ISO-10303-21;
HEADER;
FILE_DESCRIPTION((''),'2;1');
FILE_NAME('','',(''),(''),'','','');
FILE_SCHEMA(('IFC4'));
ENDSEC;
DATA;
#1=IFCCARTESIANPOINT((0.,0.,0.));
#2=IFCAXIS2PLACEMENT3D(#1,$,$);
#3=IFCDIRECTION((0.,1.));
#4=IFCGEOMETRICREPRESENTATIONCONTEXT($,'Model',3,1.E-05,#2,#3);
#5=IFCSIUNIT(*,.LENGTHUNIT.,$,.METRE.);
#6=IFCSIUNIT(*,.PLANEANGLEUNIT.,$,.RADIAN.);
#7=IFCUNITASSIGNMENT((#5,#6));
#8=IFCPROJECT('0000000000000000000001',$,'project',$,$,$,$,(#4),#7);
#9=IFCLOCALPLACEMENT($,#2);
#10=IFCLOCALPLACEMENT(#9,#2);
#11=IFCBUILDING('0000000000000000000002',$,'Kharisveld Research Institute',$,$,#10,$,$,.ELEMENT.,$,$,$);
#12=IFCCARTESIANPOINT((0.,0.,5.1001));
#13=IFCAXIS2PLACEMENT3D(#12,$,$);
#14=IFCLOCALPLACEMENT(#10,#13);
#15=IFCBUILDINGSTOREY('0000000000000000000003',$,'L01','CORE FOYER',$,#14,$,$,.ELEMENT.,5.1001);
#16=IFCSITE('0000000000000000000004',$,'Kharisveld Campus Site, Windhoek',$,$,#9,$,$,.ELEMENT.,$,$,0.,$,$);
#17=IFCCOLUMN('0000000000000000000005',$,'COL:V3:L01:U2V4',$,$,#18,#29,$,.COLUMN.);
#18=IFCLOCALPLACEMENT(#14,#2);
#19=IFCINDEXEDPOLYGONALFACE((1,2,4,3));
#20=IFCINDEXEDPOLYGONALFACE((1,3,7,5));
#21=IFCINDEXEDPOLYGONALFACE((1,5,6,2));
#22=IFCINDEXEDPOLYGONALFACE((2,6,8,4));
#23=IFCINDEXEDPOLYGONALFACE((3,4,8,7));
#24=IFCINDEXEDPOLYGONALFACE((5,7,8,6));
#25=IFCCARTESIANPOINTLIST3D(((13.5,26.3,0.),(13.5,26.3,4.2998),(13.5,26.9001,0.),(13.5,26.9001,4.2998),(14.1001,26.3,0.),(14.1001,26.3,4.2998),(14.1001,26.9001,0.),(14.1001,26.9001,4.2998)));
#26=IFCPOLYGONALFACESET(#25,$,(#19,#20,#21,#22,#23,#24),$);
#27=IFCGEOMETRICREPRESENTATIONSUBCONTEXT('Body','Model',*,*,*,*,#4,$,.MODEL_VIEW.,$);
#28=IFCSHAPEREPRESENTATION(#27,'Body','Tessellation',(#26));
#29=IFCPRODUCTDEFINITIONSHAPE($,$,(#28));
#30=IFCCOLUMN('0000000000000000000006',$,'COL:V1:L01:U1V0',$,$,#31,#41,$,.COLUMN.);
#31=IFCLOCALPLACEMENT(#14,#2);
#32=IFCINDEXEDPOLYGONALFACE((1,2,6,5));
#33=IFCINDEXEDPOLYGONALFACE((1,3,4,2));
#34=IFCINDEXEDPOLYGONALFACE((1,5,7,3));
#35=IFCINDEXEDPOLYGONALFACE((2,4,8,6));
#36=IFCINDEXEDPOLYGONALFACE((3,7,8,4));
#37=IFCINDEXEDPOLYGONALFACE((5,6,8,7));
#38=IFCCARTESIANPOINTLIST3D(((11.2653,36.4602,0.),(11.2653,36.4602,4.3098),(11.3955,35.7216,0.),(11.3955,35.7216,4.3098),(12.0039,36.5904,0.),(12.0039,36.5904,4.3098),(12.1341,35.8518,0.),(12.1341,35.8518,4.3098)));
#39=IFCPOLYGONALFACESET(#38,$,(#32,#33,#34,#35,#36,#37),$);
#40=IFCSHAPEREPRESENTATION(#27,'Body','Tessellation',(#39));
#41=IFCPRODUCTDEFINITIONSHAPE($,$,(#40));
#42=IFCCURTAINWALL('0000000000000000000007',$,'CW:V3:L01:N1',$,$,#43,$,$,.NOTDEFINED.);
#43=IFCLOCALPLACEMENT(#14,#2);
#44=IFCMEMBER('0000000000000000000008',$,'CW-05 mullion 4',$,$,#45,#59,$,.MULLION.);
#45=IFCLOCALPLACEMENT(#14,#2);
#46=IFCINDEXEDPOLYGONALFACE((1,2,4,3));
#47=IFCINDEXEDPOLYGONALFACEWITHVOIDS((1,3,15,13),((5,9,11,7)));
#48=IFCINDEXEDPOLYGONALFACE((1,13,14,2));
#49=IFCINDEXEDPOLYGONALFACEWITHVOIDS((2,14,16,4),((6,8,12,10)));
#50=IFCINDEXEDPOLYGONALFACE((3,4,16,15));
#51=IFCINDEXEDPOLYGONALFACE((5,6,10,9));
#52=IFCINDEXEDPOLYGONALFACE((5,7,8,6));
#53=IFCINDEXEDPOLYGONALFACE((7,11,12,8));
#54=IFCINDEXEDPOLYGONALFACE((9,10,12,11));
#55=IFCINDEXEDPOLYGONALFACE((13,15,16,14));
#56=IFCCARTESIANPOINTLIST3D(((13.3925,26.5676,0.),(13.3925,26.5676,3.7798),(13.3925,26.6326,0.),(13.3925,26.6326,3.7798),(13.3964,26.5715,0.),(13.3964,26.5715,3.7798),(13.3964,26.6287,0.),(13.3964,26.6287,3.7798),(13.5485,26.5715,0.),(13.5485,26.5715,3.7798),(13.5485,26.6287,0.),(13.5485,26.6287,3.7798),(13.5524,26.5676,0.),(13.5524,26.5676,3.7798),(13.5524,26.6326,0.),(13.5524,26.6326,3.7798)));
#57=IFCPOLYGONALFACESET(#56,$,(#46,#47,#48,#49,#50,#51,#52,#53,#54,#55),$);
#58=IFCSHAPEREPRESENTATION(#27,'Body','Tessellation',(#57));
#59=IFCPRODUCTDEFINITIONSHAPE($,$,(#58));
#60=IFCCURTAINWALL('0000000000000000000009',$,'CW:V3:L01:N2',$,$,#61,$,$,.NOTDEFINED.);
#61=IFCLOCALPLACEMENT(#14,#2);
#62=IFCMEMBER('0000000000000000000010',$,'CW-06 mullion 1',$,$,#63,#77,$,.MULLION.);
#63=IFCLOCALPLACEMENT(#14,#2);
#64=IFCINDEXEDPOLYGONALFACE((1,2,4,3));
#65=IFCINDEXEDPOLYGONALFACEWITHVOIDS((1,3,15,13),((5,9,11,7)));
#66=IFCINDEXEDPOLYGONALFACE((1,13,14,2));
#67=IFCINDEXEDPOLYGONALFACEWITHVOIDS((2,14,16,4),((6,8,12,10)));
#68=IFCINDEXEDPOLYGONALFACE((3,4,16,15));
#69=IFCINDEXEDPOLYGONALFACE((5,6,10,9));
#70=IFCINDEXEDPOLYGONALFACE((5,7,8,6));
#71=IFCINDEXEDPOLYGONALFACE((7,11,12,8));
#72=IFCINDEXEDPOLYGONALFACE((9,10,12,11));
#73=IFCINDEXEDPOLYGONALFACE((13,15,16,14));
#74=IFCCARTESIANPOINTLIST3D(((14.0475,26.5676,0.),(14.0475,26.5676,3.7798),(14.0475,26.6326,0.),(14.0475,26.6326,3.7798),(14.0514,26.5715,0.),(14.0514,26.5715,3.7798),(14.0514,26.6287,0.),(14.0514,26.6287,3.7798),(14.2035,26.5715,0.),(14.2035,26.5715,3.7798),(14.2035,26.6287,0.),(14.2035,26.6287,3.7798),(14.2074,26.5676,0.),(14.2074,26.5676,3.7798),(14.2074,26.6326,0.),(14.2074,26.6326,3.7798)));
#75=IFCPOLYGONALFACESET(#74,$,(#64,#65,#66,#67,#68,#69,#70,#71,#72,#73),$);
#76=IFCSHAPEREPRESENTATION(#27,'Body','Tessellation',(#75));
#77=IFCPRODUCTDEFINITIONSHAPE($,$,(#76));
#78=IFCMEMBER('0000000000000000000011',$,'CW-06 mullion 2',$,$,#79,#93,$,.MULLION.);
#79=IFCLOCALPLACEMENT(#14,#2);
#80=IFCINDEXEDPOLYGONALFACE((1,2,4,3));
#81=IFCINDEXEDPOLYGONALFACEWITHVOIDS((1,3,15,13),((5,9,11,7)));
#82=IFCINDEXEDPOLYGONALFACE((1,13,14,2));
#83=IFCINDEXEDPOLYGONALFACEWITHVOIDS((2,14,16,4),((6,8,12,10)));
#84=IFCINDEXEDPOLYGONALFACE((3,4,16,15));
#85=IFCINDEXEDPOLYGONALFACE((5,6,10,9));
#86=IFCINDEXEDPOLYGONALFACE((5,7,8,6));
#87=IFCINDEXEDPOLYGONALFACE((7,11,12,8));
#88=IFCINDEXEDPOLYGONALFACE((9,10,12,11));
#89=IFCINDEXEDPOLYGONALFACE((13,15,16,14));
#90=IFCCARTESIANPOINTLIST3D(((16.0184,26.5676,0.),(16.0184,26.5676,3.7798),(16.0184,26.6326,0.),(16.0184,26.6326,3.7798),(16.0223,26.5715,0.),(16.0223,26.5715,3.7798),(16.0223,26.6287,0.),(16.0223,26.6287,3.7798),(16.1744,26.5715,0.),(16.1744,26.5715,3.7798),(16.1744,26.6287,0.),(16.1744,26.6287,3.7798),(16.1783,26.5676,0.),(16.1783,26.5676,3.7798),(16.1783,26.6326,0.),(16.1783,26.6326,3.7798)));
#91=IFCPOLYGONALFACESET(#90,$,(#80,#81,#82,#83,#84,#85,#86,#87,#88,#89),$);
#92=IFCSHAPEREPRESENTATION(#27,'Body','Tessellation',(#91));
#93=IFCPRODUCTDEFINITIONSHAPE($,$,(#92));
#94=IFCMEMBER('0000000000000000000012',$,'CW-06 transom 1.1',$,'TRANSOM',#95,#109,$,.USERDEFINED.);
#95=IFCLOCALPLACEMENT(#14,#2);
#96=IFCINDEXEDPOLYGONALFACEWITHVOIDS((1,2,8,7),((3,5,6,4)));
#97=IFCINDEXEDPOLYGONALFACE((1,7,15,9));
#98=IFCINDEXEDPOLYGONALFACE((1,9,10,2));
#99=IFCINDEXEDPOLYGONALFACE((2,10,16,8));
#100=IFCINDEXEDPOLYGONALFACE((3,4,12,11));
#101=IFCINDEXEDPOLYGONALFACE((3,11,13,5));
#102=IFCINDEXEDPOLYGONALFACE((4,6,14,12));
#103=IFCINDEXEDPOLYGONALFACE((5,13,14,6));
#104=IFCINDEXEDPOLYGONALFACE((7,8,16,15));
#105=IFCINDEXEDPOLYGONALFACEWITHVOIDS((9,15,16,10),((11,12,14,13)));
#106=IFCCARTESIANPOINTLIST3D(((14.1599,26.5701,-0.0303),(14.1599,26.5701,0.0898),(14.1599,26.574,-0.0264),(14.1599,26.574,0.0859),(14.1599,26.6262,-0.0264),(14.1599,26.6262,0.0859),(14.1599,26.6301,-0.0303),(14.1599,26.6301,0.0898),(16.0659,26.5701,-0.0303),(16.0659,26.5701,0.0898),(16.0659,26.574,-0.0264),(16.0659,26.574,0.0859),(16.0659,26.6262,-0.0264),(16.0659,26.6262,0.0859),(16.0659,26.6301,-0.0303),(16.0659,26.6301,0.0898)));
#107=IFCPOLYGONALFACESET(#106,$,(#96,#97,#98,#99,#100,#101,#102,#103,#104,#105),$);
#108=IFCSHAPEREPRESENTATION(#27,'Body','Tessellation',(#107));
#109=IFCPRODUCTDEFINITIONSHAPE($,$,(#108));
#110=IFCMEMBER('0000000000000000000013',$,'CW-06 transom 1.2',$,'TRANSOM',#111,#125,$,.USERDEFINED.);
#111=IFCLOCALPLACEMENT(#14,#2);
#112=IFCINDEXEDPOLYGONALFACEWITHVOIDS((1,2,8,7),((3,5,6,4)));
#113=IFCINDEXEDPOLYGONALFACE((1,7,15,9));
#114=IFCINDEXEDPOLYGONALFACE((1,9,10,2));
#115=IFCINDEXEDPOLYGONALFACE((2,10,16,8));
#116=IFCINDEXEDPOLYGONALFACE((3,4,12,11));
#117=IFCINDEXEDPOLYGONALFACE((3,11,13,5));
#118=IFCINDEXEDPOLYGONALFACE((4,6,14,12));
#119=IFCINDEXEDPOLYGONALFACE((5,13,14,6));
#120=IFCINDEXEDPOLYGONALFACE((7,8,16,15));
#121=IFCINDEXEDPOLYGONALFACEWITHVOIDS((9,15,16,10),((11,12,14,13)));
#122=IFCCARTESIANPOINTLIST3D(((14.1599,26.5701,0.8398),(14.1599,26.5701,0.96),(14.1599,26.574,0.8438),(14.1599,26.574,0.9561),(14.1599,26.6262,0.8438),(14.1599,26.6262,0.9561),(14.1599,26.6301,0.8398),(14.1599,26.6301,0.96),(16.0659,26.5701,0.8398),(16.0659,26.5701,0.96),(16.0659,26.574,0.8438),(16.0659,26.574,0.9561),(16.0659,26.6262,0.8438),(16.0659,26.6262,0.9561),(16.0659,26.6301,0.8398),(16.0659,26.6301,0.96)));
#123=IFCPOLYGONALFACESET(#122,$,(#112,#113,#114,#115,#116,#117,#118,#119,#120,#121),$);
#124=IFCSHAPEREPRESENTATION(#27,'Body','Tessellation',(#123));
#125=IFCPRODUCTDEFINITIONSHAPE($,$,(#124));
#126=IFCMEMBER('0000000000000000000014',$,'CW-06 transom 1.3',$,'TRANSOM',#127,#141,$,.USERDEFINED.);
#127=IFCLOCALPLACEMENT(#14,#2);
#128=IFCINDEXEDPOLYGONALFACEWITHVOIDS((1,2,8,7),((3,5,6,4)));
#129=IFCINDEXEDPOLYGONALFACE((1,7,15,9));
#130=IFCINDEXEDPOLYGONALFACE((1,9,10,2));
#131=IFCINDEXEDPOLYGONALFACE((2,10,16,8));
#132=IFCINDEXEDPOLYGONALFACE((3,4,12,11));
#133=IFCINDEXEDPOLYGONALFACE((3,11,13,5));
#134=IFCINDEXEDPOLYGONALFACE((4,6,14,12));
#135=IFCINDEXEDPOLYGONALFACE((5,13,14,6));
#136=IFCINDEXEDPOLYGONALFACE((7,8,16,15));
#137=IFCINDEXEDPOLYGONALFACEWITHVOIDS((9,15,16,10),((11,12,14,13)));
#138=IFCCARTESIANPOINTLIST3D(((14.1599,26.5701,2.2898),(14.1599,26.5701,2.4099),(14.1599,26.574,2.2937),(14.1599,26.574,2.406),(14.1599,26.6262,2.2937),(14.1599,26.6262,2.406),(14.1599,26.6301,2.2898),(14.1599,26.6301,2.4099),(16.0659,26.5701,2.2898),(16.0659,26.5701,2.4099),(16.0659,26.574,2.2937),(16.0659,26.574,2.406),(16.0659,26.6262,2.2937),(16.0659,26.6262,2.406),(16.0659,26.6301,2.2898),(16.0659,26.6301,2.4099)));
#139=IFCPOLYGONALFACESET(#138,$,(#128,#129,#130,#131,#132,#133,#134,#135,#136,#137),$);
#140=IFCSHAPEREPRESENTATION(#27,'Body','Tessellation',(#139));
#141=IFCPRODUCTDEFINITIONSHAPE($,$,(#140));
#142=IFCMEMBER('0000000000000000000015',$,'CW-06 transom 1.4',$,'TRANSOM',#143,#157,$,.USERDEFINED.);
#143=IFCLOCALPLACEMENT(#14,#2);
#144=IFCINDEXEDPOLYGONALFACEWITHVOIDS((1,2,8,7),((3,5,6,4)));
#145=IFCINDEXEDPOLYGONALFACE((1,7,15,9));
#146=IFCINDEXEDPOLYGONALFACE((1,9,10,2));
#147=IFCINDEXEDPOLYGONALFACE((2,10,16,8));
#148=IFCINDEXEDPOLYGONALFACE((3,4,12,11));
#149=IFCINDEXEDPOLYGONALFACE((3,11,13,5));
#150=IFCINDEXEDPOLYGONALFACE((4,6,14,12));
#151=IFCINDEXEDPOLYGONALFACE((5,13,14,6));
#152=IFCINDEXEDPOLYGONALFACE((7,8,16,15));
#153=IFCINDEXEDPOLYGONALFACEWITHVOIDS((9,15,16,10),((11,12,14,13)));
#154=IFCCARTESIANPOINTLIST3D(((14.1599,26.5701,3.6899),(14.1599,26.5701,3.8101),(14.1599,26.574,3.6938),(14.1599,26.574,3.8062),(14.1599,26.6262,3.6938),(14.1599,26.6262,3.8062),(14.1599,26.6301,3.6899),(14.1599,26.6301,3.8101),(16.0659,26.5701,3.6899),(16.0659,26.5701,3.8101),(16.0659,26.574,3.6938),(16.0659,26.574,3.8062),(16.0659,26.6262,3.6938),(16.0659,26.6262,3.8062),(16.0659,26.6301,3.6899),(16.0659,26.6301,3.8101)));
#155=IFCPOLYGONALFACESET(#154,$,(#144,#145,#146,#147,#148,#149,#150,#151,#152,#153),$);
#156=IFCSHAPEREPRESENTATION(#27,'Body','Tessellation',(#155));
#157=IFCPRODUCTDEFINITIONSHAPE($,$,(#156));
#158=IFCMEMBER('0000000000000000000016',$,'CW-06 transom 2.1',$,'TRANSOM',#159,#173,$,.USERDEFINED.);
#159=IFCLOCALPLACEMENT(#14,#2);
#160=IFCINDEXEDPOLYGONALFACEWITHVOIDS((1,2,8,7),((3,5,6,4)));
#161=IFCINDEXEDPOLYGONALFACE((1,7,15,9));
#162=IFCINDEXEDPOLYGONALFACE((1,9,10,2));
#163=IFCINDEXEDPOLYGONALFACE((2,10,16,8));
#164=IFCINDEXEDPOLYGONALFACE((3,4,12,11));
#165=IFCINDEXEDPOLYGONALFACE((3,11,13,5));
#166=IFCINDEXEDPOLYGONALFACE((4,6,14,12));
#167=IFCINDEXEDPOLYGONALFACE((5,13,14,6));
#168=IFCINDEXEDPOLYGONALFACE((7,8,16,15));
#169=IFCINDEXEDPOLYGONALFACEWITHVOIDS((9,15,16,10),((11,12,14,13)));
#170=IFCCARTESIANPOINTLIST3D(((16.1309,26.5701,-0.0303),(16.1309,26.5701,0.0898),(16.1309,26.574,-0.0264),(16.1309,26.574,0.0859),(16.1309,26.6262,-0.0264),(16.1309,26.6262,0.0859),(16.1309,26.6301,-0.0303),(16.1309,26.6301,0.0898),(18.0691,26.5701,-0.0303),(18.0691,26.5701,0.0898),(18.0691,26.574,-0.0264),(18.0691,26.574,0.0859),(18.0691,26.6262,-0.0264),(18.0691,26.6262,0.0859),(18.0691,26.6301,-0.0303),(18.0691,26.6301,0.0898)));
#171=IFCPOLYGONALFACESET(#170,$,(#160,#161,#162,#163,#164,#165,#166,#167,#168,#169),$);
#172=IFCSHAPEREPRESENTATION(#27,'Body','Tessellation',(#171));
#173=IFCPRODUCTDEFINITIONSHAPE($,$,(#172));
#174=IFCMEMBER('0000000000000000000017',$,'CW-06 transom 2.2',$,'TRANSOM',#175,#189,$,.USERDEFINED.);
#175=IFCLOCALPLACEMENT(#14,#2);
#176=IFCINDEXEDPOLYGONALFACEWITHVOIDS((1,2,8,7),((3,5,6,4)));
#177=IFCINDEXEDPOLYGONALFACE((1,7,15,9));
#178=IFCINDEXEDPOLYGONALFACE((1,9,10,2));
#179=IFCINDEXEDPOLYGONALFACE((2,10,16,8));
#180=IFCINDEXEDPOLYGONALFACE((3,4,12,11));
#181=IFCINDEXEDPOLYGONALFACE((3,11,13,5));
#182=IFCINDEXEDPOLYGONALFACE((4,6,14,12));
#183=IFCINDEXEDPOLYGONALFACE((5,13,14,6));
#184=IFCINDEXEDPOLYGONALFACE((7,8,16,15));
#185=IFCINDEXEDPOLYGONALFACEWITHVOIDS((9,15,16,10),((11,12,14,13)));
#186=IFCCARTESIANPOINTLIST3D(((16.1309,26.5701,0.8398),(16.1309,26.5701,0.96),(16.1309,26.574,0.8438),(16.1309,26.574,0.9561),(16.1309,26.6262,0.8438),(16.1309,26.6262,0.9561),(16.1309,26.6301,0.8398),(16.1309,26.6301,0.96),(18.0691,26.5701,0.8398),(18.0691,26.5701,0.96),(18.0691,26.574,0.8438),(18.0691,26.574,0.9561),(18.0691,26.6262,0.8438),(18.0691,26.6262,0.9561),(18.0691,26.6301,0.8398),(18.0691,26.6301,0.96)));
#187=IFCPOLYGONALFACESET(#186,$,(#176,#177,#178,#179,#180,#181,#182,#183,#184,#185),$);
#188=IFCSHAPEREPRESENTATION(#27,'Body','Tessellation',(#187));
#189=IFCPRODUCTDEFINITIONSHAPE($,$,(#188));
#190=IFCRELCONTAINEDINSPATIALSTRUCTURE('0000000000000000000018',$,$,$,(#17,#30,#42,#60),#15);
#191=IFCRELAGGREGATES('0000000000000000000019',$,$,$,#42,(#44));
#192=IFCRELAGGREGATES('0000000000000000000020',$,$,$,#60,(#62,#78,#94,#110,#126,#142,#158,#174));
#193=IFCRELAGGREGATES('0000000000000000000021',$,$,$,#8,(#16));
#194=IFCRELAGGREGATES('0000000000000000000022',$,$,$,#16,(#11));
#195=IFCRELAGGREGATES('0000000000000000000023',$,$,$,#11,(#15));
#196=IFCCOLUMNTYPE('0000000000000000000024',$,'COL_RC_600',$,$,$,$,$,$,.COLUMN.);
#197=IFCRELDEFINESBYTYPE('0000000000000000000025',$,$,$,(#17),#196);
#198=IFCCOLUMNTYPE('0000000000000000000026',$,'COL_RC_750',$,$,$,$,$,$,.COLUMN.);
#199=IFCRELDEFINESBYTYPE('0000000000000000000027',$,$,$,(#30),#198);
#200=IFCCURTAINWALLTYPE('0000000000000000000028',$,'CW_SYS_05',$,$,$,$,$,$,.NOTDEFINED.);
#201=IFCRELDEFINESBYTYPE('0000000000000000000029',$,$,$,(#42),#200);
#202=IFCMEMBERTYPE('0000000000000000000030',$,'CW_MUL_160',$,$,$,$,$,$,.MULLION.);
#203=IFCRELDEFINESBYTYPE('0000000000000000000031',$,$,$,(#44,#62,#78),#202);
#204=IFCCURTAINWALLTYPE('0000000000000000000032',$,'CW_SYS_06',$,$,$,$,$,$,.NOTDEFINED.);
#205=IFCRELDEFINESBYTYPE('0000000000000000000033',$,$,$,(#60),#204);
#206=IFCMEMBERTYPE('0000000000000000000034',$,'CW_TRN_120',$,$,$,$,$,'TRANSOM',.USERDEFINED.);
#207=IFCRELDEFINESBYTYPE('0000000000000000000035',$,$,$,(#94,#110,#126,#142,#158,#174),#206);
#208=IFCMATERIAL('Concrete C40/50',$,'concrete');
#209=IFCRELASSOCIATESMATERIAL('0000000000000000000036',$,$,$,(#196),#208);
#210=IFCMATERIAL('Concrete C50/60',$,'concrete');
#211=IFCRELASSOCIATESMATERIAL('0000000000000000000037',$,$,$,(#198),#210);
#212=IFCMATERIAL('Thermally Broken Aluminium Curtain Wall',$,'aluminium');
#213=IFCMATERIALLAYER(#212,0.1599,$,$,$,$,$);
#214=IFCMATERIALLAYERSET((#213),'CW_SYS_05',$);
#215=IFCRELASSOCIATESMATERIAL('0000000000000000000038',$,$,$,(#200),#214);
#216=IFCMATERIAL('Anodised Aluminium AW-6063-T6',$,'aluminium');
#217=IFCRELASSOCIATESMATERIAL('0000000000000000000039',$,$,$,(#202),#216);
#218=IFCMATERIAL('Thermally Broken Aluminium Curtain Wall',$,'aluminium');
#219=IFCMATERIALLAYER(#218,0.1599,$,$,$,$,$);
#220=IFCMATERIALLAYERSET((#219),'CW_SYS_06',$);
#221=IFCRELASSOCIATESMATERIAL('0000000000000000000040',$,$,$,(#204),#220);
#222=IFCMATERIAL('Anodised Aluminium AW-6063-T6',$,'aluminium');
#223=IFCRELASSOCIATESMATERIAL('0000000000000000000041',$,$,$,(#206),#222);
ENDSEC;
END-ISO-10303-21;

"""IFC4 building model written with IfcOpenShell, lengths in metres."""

from ifc_helpers import new_model, si_unit, direction, frame, origin, origin_2d, place, context, subcontext, project, spatial, rectangle, hollow_rectangle, extrude, material, layer, layer_set, material_profile, profile_set, type_object, element, aggregate, save


model = new_model("IFC4")

# Units and contexts
model_context = context("Model", 3, precision=1e-05, world=origin(), true_north=direction((0.0, 1.0)))
body_context = subcontext(model_context, "Body", "Model", "MODEL_VIEW")
ifc_project = project(units=[si_unit("LENGTHUNIT", "METRE"), si_unit("PLANEANGLEUNIT", "RADIAN")], contexts=[model_context])

# Site, building, storey
site_placement = place(None, origin())
site = spatial("IfcSite", under=ifc_project, at=site_placement, Name="Kharisveld Campus Site, Windhoek", CompositionType="ELEMENT", RefElevation=0.0)
building_placement = place(site_placement, origin())
building = spatial("IfcBuilding", under=site, at=building_placement, Name="Kharisveld Research Institute", CompositionType="ELEMENT")
storey_placement = place(building_placement, frame((0.0, 0.0, 5.1001)))
storey = spatial("IfcBuildingStorey", under=building, at=storey_placement, Name="L01", Description="CORE FOYER", CompositionType="ELEMENT", Elevation=5.1001)

# Columns
ifc_material_1 = material(Name="Concrete C40/50", Category="concrete")
ifc_material_profile_1 = material_profile(ifc_material_1, rectangle(XDim=0.6001, YDim=0.6001, at=origin_2d()))
ifc_profile_set_1 = profile_set([ifc_material_profile_1], Name="Concrete C40/50")
column_type_1 = type_object("IfcColumnType", Name="COL_RC_600", PredefinedType="COLUMN", material=ifc_profile_set_1)
column_1_placement = place(storey_placement, frame((13.8, 26.6001, 0.0), z_axis=(0.0, 0.0, 1.0), x_axis=(1.0, 0.0, 0.0)))
element("IfcColumn", 1, at=column_1_placement, inside=storey, type_object=column_type_1, Name="COL:V3:L01:U2V4", PredefinedType="COLUMN", context=body_context, shape_type="SweptSolid", body=[
    extrude(rectangle(XDim=0.6001, YDim=0.6001, at=origin_2d()), origin(), (0.0, 0.0, 1.0), 4.2998),
])
ifc_material_2 = material(Name="Concrete C50/60", Category="concrete")
ifc_material_profile_2 = material_profile(ifc_material_2, rectangle(XDim=0.75, YDim=0.75, at=origin_2d()))
ifc_profile_set_2 = profile_set([ifc_material_profile_2], Name="Concrete C50/60")
column_type_2 = type_object("IfcColumnType", Name="COL_RC_750", PredefinedType="COLUMN", material=ifc_profile_set_2)
column_2_placement = place(storey_placement, frame((11.6997, 36.156, 0.0), z_axis=(0.0, 0.0, 1.0), x_axis=(0.984808, 0.173648, 0.0)))
element("IfcColumn", 2, at=column_2_placement, inside=storey, type_object=column_type_2, Name="COL:V1:L01:U1V0", PredefinedType="COLUMN", context=body_context, shape_type="SweptSolid", body=[
    extrude(rectangle(XDim=0.75, YDim=0.75, at=origin_2d()), origin(), (0.0, 0.0, 1.0), 4.3098),
])

# Curtain wall, member
ifc_material_3 = material(Name="Thermally Broken Aluminium Curtain Wall", Category="aluminium")
ifc_layer_1 = layer(ifc_material_3, 0.1599)
ifc_layer_set_1 = layer_set([ifc_layer_1], Name="CW_SYS_05")
curtain_wall_type_1 = type_object("IfcCurtainWallType", Name="CW_SYS_05", PredefinedType="NOTDEFINED", material=ifc_layer_set_1)
curtain_wall_1_placement = place(storey_placement, origin())
curtain_wall_1 = element("IfcCurtainWall", 3, at=curtain_wall_1_placement, inside=storey, type_object=curtain_wall_type_1, Name="CW:V3:L01:N1", PredefinedType="NOTDEFINED")
ifc_material_4 = material(Name="Anodised Aluminium AW-6063-T6", Category="aluminium")
ifc_material_profile_3 = material_profile(ifc_material_4, hollow_rectangle(XDim=0.0649, YDim=0.1599, WallThickness=0.0039, at=origin_2d()))
ifc_profile_set_3 = profile_set([ifc_material_profile_3], Name="Anodised Aluminium AW-6063-T6")
member_type_1 = type_object("IfcMemberType", Name="CW_MUL_160", PredefinedType="MULLION", material=ifc_profile_set_3)
member_1_placement = place(storey_placement, frame((13.4724, 26.6001, 0.0), z_axis=(0.0, 0.0, 1.0), x_axis=(0.0, 1.0, 0.0)))
member_1 = element("IfcMember", 4, at=member_1_placement, type_object=member_type_1, Name="CW-05 mullion 4", PredefinedType="MULLION", context=body_context, shape_type="SweptSolid", body=[
    extrude(hollow_rectangle(XDim=0.0649, YDim=0.1599, WallThickness=0.0039, at=origin_2d()), origin(), (0.0, 0.0, 1.0), 3.7798),
])

# Curtain wall, members
ifc_material_5 = material(Name="Thermally Broken Aluminium Curtain Wall", Category="aluminium")
ifc_layer_2 = layer(ifc_material_5, 0.1599)
ifc_layer_set_2 = layer_set([ifc_layer_2], Name="CW_SYS_06")
curtain_wall_type_2 = type_object("IfcCurtainWallType", Name="CW_SYS_06", PredefinedType="NOTDEFINED", material=ifc_layer_set_2)
curtain_wall_2_placement = place(storey_placement, origin())
curtain_wall_2 = element("IfcCurtainWall", 5, at=curtain_wall_2_placement, inside=storey, type_object=curtain_wall_type_2, Name="CW:V3:L01:N2", PredefinedType="NOTDEFINED")
member_2_placement = place(storey_placement, frame((14.1274, 26.6001, 0.0), z_axis=(0.0, 0.0, 1.0), x_axis=(0.0, 1.0, 0.0)))
member_2 = element("IfcMember", 6, at=member_2_placement, type_object=member_type_1, Name="CW-06 mullion 1", PredefinedType="MULLION", context=body_context, shape_type="SweptSolid", body=[
    extrude(hollow_rectangle(XDim=0.0649, YDim=0.1599, WallThickness=0.0039, at=origin_2d()), origin(), (0.0, 0.0, 1.0), 3.7798),
])
member_3_placement = place(storey_placement, frame((16.0984, 26.6001, 0.0), z_axis=(0.0, 0.0, 1.0), x_axis=(0.0, 1.0, 0.0)))
member_3 = element("IfcMember", 7, at=member_3_placement, type_object=member_type_1, Name="CW-06 mullion 2", PredefinedType="MULLION", context=body_context, shape_type="SweptSolid", body=[
    extrude(hollow_rectangle(XDim=0.0649, YDim=0.1599, WallThickness=0.0039, at=origin_2d()), origin(), (0.0, 0.0, 1.0), 3.7798),
])
ifc_material_6 = material(Name="Anodised Aluminium AW-6063-T6", Category="aluminium")
ifc_material_profile_4 = material_profile(ifc_material_6, hollow_rectangle(XDim=0.0601, YDim=0.1201, WallThickness=0.0039, at=origin_2d()))
ifc_profile_set_4 = profile_set([ifc_material_profile_4], Name="Anodised Aluminium AW-6063-T6")
member_type_2 = type_object("IfcMemberType", Name="CW_TRN_120", ElementType="TRANSOM", PredefinedType="USERDEFINED", material=ifc_profile_set_4)
member_4_placement = place(storey_placement, frame((14.1599, 26.6001, 0.0298), z_axis=(1.0, 0.0, 0.0), x_axis=(0.0, 1.0, 0.0)))
member_4 = element("IfcMember", 8, at=member_4_placement, type_object=member_type_2, Name="CW-06 transom 1.1", ObjectType="TRANSOM", PredefinedType="USERDEFINED", context=body_context, shape_type="SweptSolid", body=[
    extrude(hollow_rectangle(XDim=0.0601, YDim=0.1201, WallThickness=0.0039, at=origin_2d()), origin(), (0.0, 0.0, 1.0), 1.906),
])
member_5_placement = place(storey_placement, frame((14.1599, 26.6001, 0.8999), z_axis=(1.0, 0.0, 0.0), x_axis=(0.0, 1.0, 0.0)))
member_5 = element("IfcMember", 9, at=member_5_placement, type_object=member_type_2, Name="CW-06 transom 1.2", ObjectType="TRANSOM", PredefinedType="USERDEFINED", context=body_context, shape_type="SweptSolid", body=[
    extrude(hollow_rectangle(XDim=0.0601, YDim=0.1201, WallThickness=0.0039, at=origin_2d()), origin(), (0.0, 0.0, 1.0), 1.906),
])
member_6_placement = place(storey_placement, frame((14.1599, 26.6001, 2.3499), z_axis=(1.0, 0.0, 0.0), x_axis=(0.0, 1.0, 0.0)))
member_6 = element("IfcMember", 10, at=member_6_placement, type_object=member_type_2, Name="CW-06 transom 1.3", ObjectType="TRANSOM", PredefinedType="USERDEFINED", context=body_context, shape_type="SweptSolid", body=[
    extrude(hollow_rectangle(XDim=0.0601, YDim=0.1201, WallThickness=0.0039, at=origin_2d()), origin(), (0.0, 0.0, 1.0), 1.906),
])
member_7_placement = place(storey_placement, frame((14.1599, 26.6001, 3.75), z_axis=(1.0, 0.0, 0.0), x_axis=(0.0, 1.0, 0.0)))
member_7 = element("IfcMember", 11, at=member_7_placement, type_object=member_type_2, Name="CW-06 transom 1.4", ObjectType="TRANSOM", PredefinedType="USERDEFINED", context=body_context, shape_type="SweptSolid", body=[
    extrude(hollow_rectangle(XDim=0.0601, YDim=0.1201, WallThickness=0.0039, at=origin_2d()), origin(), (0.0, 0.0, 1.0), 1.906),
])
member_8_placement = place(storey_placement, frame((16.1309, 26.6001, 0.0298), z_axis=(1.0, 0.0, 0.0), x_axis=(0.0, 1.0, 0.0)))
member_8 = element("IfcMember", 12, at=member_8_placement, type_object=member_type_2, Name="CW-06 transom 2.1", ObjectType="TRANSOM", PredefinedType="USERDEFINED", context=body_context, shape_type="SweptSolid", body=[
    extrude(hollow_rectangle(XDim=0.0601, YDim=0.1201, WallThickness=0.0039, at=origin_2d()), origin(), (0.0, 0.0, 1.0), 1.9382),
])
member_9_placement = place(storey_placement, frame((16.1309, 26.6001, 0.8999), z_axis=(1.0, 0.0, 0.0), x_axis=(0.0, 1.0, 0.0)))
member_9 = element("IfcMember", 13, at=member_9_placement, type_object=member_type_2, Name="CW-06 transom 2.2", ObjectType="TRANSOM", PredefinedType="USERDEFINED", context=body_context, shape_type="SweptSolid", body=[
    extrude(hollow_rectangle(XDim=0.0601, YDim=0.1201, WallThickness=0.0039, at=origin_2d()), origin(), (0.0, 0.0, 1.0), 1.9382),
])

aggregate(curtain_wall_1, [member_1])
aggregate(curtain_wall_2, [member_2, member_3, member_4, member_5, member_6, member_7, member_8, member_9])

save(model, "model.ifc")
